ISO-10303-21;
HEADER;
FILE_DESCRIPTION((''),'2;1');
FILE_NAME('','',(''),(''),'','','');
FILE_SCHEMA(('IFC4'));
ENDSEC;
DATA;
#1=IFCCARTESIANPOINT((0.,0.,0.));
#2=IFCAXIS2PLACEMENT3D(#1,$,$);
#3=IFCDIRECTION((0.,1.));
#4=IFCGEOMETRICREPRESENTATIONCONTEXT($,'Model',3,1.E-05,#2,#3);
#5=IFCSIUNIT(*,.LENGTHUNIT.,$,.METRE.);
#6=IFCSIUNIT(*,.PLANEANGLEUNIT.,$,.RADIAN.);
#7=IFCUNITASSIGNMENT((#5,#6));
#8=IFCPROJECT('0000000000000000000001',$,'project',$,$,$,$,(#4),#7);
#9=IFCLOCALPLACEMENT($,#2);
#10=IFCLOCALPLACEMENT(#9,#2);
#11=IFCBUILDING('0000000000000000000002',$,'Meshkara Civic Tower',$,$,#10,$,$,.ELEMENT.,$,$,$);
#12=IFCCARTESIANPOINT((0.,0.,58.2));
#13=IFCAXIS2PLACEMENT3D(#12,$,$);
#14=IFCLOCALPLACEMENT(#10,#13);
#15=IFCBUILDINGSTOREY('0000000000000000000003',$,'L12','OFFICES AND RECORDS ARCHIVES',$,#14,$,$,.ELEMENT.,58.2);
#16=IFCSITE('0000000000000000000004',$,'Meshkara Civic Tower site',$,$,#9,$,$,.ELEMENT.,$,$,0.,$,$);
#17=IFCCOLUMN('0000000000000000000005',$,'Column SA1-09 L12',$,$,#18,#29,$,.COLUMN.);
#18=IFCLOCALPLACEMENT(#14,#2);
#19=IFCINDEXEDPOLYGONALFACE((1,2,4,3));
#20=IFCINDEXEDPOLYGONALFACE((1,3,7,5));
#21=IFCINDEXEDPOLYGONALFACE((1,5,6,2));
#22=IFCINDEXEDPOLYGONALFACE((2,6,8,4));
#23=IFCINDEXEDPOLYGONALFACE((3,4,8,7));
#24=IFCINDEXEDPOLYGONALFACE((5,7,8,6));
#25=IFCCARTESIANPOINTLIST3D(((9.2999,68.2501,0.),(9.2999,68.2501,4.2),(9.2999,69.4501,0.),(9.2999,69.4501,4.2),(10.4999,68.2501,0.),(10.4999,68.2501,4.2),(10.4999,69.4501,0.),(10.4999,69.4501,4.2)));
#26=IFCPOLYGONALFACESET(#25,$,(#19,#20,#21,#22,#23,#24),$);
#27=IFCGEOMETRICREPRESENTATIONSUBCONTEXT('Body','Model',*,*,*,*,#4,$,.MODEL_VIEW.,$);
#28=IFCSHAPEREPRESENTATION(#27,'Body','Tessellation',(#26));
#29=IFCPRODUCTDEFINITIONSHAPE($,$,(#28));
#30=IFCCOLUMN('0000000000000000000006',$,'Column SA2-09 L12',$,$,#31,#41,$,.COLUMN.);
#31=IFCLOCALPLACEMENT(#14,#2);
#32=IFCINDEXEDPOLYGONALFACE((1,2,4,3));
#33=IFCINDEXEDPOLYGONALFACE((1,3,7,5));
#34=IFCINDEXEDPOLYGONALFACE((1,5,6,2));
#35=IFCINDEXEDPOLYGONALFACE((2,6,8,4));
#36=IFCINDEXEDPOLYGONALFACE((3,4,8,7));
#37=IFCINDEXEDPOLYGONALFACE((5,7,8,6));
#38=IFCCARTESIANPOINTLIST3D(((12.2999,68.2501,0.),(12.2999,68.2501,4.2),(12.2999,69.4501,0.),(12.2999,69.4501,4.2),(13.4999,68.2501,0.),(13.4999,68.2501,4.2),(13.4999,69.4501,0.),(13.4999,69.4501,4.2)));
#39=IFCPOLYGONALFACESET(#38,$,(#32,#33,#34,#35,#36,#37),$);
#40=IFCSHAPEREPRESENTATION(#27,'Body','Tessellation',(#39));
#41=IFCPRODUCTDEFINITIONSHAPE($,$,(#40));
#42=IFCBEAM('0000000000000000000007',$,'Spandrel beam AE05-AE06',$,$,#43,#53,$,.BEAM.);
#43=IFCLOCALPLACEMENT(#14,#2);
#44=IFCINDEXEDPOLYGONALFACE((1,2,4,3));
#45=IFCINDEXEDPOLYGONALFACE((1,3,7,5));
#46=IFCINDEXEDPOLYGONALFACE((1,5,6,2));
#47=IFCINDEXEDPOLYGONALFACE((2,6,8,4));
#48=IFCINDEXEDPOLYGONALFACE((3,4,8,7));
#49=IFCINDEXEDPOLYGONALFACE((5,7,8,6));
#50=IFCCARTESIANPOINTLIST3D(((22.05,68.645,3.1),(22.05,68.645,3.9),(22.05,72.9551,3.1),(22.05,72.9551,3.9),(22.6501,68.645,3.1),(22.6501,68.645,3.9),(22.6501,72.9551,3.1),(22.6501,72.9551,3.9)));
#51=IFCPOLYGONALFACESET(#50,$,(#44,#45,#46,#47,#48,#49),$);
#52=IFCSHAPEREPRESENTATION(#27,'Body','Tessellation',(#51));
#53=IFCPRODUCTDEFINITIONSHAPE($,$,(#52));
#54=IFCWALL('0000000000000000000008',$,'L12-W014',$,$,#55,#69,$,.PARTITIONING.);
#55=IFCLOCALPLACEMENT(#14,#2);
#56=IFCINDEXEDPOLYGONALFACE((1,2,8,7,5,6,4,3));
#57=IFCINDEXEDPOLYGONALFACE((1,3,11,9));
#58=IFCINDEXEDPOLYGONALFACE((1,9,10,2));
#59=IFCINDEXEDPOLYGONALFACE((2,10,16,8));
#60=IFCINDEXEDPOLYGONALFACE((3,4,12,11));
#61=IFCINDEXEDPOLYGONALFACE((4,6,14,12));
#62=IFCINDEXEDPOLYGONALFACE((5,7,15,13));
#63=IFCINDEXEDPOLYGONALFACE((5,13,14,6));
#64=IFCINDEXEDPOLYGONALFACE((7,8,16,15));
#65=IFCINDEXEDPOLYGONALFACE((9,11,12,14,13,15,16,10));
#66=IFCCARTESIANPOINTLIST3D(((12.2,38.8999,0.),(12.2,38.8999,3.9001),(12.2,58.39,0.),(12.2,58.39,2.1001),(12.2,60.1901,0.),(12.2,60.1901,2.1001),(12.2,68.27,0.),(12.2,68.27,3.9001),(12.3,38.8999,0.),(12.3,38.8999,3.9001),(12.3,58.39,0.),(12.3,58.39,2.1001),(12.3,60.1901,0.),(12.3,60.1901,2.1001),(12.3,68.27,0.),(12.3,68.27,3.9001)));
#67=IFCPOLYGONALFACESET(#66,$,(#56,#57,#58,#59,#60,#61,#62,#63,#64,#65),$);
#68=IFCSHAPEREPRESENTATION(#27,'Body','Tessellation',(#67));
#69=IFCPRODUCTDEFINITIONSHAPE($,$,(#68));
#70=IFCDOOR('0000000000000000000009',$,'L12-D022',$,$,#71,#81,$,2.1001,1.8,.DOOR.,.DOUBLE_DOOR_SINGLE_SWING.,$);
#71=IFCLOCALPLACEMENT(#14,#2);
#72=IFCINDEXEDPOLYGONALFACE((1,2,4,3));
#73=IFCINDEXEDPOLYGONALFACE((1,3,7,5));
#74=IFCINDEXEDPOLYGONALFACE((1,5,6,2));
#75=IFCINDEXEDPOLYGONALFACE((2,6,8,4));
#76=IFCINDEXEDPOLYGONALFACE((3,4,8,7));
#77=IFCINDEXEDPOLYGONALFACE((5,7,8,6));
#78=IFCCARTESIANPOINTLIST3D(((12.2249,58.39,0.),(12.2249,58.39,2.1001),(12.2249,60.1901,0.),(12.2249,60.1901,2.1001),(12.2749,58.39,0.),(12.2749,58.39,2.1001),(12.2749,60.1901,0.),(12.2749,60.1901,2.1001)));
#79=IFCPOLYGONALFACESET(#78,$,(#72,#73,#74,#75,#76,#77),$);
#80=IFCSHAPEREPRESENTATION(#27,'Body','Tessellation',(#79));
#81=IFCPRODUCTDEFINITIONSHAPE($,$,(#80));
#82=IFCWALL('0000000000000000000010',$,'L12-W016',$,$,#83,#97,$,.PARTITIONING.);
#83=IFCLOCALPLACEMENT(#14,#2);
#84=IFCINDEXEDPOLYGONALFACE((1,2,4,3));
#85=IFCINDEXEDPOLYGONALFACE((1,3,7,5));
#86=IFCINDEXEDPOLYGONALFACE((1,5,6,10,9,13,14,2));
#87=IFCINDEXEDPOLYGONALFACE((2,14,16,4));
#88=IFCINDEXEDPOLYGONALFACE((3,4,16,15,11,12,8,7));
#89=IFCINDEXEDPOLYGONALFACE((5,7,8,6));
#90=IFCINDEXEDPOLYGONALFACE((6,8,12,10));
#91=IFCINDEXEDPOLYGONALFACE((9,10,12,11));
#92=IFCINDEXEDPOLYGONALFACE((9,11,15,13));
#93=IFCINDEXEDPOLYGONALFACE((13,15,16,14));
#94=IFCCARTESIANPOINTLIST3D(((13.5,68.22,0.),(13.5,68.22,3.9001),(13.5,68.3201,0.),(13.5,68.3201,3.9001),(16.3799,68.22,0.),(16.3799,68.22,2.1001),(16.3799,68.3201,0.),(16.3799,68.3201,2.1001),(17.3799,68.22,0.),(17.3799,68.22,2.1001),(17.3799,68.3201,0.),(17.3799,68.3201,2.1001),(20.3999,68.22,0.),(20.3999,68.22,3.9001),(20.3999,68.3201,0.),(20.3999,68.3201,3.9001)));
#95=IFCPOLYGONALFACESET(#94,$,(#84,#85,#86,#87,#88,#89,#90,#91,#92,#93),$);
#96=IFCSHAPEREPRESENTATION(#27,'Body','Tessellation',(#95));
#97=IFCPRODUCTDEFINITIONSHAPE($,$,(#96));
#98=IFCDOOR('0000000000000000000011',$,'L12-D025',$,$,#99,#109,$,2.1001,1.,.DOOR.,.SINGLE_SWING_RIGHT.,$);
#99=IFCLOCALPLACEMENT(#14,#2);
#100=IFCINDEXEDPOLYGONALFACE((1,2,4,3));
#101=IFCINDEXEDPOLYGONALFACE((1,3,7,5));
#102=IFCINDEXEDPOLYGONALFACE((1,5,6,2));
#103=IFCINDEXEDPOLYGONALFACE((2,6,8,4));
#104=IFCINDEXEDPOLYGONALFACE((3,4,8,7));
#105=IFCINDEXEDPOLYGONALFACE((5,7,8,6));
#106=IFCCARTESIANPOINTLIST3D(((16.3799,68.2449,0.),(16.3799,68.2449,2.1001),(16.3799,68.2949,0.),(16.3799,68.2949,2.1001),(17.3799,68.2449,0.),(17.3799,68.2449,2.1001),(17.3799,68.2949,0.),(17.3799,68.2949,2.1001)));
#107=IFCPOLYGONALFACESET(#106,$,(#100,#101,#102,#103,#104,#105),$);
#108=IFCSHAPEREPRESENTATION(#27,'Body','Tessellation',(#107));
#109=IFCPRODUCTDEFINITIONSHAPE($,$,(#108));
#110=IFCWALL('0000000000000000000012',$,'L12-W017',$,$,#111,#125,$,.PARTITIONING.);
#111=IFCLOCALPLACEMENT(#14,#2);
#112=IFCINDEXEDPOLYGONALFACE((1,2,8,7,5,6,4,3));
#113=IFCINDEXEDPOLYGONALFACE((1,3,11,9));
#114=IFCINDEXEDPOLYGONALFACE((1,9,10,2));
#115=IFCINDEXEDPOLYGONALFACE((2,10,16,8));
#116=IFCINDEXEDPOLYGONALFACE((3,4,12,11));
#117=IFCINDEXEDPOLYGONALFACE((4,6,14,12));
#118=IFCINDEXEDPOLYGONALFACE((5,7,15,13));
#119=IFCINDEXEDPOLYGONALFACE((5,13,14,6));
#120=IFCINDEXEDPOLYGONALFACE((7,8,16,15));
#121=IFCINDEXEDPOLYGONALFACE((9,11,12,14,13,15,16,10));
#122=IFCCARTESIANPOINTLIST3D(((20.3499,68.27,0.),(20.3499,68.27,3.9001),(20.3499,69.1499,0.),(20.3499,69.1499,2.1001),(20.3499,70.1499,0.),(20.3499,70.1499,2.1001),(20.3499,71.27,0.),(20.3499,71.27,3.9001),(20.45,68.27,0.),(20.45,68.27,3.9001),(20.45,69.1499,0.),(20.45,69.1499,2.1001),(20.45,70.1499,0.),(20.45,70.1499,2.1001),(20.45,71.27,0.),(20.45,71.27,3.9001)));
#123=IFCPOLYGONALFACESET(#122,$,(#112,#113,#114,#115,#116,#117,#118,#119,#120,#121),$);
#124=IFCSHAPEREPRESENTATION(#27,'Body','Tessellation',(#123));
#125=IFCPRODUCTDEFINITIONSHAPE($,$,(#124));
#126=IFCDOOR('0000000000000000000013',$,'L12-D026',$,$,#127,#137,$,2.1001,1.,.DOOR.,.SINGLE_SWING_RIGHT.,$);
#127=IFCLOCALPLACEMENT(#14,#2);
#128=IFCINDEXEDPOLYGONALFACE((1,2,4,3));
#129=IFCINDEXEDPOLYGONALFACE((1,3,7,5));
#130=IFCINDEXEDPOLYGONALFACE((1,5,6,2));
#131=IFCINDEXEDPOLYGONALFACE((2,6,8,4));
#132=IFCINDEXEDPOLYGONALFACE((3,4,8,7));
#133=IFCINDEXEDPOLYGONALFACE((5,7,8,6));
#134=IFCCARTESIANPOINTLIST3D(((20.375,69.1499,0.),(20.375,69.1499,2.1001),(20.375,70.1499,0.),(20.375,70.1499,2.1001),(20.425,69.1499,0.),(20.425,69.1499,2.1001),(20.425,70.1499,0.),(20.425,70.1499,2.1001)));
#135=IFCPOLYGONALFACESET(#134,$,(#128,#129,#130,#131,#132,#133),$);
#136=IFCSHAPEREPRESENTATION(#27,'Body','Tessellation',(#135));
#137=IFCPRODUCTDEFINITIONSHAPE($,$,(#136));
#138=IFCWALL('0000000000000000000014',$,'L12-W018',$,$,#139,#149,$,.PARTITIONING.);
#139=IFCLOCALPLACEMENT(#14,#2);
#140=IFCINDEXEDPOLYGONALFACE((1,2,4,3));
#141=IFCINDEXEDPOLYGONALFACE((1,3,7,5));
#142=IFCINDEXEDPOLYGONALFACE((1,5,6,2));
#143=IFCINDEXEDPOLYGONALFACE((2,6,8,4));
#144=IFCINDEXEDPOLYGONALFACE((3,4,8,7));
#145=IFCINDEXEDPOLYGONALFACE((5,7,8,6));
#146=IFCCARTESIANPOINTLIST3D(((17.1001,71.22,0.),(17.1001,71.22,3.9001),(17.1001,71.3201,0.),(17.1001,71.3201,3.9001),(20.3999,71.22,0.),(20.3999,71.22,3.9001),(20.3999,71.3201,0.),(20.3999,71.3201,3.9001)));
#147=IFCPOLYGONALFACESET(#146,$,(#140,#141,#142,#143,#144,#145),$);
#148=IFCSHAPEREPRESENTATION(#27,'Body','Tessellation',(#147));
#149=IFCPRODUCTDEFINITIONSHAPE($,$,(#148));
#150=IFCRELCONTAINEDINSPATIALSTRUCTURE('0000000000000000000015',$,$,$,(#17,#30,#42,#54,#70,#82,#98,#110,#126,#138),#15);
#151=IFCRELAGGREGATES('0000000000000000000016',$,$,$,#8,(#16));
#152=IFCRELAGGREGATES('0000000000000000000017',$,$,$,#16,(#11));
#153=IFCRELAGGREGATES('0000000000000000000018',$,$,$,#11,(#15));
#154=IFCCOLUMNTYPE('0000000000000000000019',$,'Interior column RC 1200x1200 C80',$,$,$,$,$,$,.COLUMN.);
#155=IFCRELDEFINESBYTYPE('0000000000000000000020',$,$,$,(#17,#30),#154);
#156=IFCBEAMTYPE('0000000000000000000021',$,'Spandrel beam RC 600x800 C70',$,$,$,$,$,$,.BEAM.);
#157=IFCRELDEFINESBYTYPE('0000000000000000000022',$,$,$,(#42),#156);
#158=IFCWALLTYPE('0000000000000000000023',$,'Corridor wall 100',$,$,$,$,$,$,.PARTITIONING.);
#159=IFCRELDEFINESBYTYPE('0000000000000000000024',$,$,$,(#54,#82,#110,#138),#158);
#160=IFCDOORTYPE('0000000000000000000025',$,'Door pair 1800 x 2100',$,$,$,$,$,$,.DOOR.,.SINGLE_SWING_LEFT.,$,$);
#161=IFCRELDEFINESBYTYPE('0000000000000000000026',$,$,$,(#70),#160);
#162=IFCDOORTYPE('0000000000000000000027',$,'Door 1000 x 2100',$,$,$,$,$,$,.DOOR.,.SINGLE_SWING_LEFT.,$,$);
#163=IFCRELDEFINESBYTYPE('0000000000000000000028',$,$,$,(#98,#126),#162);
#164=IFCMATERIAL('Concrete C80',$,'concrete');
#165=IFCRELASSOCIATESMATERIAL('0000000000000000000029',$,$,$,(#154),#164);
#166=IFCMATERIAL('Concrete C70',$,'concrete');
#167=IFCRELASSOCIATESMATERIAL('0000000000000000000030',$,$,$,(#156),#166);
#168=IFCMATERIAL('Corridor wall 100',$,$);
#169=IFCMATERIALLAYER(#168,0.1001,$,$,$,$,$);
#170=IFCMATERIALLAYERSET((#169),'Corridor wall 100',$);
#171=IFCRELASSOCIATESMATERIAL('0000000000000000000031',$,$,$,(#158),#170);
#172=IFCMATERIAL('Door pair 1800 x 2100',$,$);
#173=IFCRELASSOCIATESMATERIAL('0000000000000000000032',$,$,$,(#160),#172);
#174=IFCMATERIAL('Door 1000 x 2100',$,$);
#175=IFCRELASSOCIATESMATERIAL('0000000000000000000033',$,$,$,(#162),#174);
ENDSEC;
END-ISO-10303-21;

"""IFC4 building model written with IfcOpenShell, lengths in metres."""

from ifc_helpers import new_model, si_unit, direction, frame, frame_2d, origin, origin_2d, place, context, subcontext, project, spatial, rectangle, extrude, material, layer, layer_set, material_profile, profile_set, type_object, element, fill, save


model = new_model("IFC4")

# Units and contexts
model_context = context("Model", 3, precision=1e-05, world=origin(), true_north=direction((0.0, 1.0)))
body_context = subcontext(model_context, "Body", "Model", "MODEL_VIEW")
ifc_project = project(units=[si_unit("LENGTHUNIT", "METRE"), si_unit("PLANEANGLEUNIT", "RADIAN")], contexts=[model_context])

# Site, building, storey
site_placement = place(None, origin())
site = spatial("IfcSite", under=ifc_project, at=site_placement, Name="Meshkara Civic Tower site", CompositionType="ELEMENT", RefElevation=0.0)
building_placement = place(site_placement, origin())
building = spatial("IfcBuilding", under=site, at=building_placement, Name="Meshkara Civic Tower", CompositionType="ELEMENT")
storey_placement = place(building_placement, frame((0.0, 0.0, 58.2)))
storey = spatial("IfcBuildingStorey", under=building, at=storey_placement, Name="L12", Description="OFFICES AND RECORDS ARCHIVES", CompositionType="ELEMENT", Elevation=58.2)

# Columns
ifc_material_1 = material(Name="Concrete C80", Category="concrete")
ifc_material_profile_1 = material_profile(ifc_material_1, rectangle(XDim=1.2, YDim=1.2, at=origin_2d()))
ifc_profile_set_1 = profile_set([ifc_material_profile_1], Name="Concrete C80")
column_type = type_object("IfcColumnType", Name="Interior column RC 1200x1200 C80", PredefinedType="COLUMN", material=ifc_profile_set_1)
for number, where, z_axis, x_axis, name in (
    (1, (9.8999, 68.8501, 0.0), (0.0, 0.0, 1.0), (1.0, 0.0, 0.0), "Column SA1-09 L12"),
    (2, (12.8999, 68.8501, 0.0), (0.0, 0.0, 1.0), (1.0, 0.0, 0.0), "Column SA2-09 L12"),
):
    element("IfcColumn", number, at=place(storey_placement, frame(where, z_axis=z_axis, x_axis=x_axis)), inside=storey, type_object=column_type, Name=name, PredefinedType="COLUMN", context=body_context, shape_type="SweptSolid", body=[
        extrude(rectangle(XDim=1.2, YDim=1.2, at=origin_2d()), origin(), (0.0, 0.0, 1.0), 4.2),
    ])

# Beam
ifc_material_2 = material(Name="Concrete C70", Category="concrete")
ifc_material_profile_2 = material_profile(ifc_material_2, rectangle(XDim=0.6001, YDim=0.8, at=origin_2d()))
ifc_profile_set_2 = profile_set([ifc_material_profile_2], Name="Concrete C70")
beam_type = type_object("IfcBeamType", Name="Spandrel beam RC 600x800 C70", PredefinedType="BEAM", material=ifc_profile_set_2)
beam_placement = place(storey_placement, frame((22.3501, 68.645, 3.5), z_axis=(0.0, 1.0, 0.0), x_axis=(-1.0, 0.0, 0.0)))
element("IfcBeam", 3, at=beam_placement, inside=storey, type_object=beam_type, Name="Spandrel beam AE05-AE06", PredefinedType="BEAM", context=body_context, shape_type="SweptSolid", body=[
    extrude(rectangle(XDim=0.6001, YDim=0.8, at=origin_2d()), origin(), (0.0, 0.0, 1.0), 4.3101),
])

# Walls, openings, doors
ifc_material_3 = material(Name="Corridor wall 100")
ifc_layer_1 = layer(ifc_material_3, 0.1001)
ifc_layer_set_1 = layer_set([ifc_layer_1], Name="Corridor wall 100")
wall_type_1 = type_object("IfcWallType", Name="Corridor wall 100", PredefinedType="PARTITIONING", material=ifc_layer_set_1)
wall_1_placement = place(storey_placement, frame((12.25, 68.27, 0.0), z_axis=(0.0, 0.0, 1.0), x_axis=(0.0, -1.0, 0.0)))
wall_1 = element("IfcWall", 4, at=wall_1_placement, inside=storey, type_object=wall_type_1, Name="L12-W014", PredefinedType="PARTITIONING", context=body_context, shape_type="SweptSolid", body=[
    extrude(rectangle(XDim=29.3701, YDim=0.1001, at=frame_2d((14.6851, 0.0))), origin(), (0.0, 0.0, 1.0), 3.9001),
])
opening_1_placement = place(wall_1_placement, frame((8.0801, 0.0, 0.0)))
opening_1 = element("IfcOpeningElement", 5, at=opening_1_placement, cuts=wall_1, PredefinedType="OPENING", context=body_context, shape_type="SweptSolid", body=[
    extrude(rectangle(XDim=1.8, YDim=2.1001, at=frame_2d((0.8999, 1.05))), frame((0.0, 0.0601, 0.0), z_axis=(0.0, -1.0, 0.0), x_axis=(1.0, 0.0, 0.0)), (0.0, 0.0, 1.0), 0.1201),
])
ifc_material_4 = material(Name="Door pair 1800 x 2100")
door_type_1 = type_object("IfcDoorType", Name="Door pair 1800 x 2100", OperationType="SINGLE_SWING_LEFT", PredefinedType="DOOR", material=ifc_material_4)
door_1_placement = place(opening_1_placement, origin())
door_1 = element("IfcDoor", 6, at=door_1_placement, inside=storey, type_object=door_type_1, Name="L12-D022", OperationType="DOUBLE_DOOR_SINGLE_SWING", OverallHeight=2.1001, OverallWidth=1.8, PredefinedType="DOOR", context=body_context, shape_type="SweptSolid", body=[
    extrude(rectangle(XDim=1.8, YDim=2.1001, at=frame_2d((0.8999, 1.05))), frame((0.0, 0.0249, 0.0), z_axis=(0.0, -1.0, 0.0), x_axis=(1.0, 0.0, 0.0)), (0.0, 0.0, 1.0), 0.05),
])
fill(opening_1, door_1)
wall_2_placement = place(storey_placement, frame((13.5, 68.27, 0.0), z_axis=(0.0, 0.0, 1.0), x_axis=(1.0, 0.0, 0.0)))
wall_2 = element("IfcWall", 7, at=wall_2_placement, inside=storey, type_object=wall_type_1, Name="L12-W016", PredefinedType="PARTITIONING", context=body_context, shape_type="SweptSolid", body=[
    extrude(rectangle(XDim=6.8999, YDim=0.1001, at=frame_2d((3.45, 0.0))), origin(), (0.0, 0.0, 1.0), 3.9001),
])
opening_2_placement = place(wall_2_placement, frame((2.8799, 0.0, 0.0)))
opening_2 = element("IfcOpeningElement", 8, at=opening_2_placement, cuts=wall_2, PredefinedType="OPENING", context=body_context, shape_type="SweptSolid", body=[
    extrude(rectangle(XDim=1.0, YDim=2.1001, at=frame_2d((0.5, 1.05))), frame((0.0, 0.0601, 0.0), z_axis=(0.0, -1.0, 0.0), x_axis=(1.0, 0.0, 0.0)), (0.0, 0.0, 1.0), 0.1201),
])
ifc_material_5 = material(Name="Door 1000 x 2100")
door_type_2 = type_object("IfcDoorType", Name="Door 1000 x 2100", OperationType="SINGLE_SWING_LEFT", PredefinedType="DOOR", material=ifc_material_5)
door_2_placement = place(opening_2_placement, origin())
door_2 = element("IfcDoor", 9, at=door_2_placement, inside=storey, type_object=door_type_2, Name="L12-D025", OperationType="SINGLE_SWING_RIGHT", OverallHeight=2.1001, OverallWidth=1.0, PredefinedType="DOOR", context=body_context, shape_type="SweptSolid", body=[
    extrude(rectangle(XDim=1.0, YDim=2.1001, at=frame_2d((0.5, 1.05))), frame((0.0, 0.0249, 0.0), z_axis=(0.0, -1.0, 0.0), x_axis=(1.0, 0.0, 0.0)), (0.0, 0.0, 1.0), 0.05),
])
fill(opening_2, door_2)
wall_3_placement = place(storey_placement, frame((20.3999, 68.27, 0.0), z_axis=(0.0, 0.0, 1.0), x_axis=(0.0, 1.0, 0.0)))
wall_3 = element("IfcWall", 10, at=wall_3_placement, inside=storey, type_object=wall_type_1, Name="L12-W017", PredefinedType="PARTITIONING", context=body_context, shape_type="SweptSolid", body=[
    extrude(rectangle(XDim=3.0, YDim=0.1001, at=frame_2d((1.5, 0.0))), origin(), (0.0, 0.0, 1.0), 3.9001),
])
opening_3_placement = place(wall_3_placement, frame((0.8799, 0.0, 0.0)))
opening_3 = element("IfcOpeningElement", 11, at=opening_3_placement, cuts=wall_3, PredefinedType="OPENING", context=body_context, shape_type="SweptSolid", body=[
    extrude(rectangle(XDim=1.0, YDim=2.1001, at=frame_2d((0.5, 1.05))), frame((0.0, 0.0601, 0.0), z_axis=(0.0, -1.0, 0.0), x_axis=(1.0, 0.0, 0.0)), (0.0, 0.0, 1.0), 0.1201),
])
door_3_placement = place(opening_3_placement, origin())
door_3 = element("IfcDoor", 12, at=door_3_placement, inside=storey, type_object=door_type_2, Name="L12-D026", OperationType="SINGLE_SWING_RIGHT", OverallHeight=2.1001, OverallWidth=1.0, PredefinedType="DOOR", context=body_context, shape_type="SweptSolid", body=[
    extrude(rectangle(XDim=1.0, YDim=2.1001, at=frame_2d((0.5, 1.05))), frame((0.0, 0.0249, 0.0), z_axis=(0.0, -1.0, 0.0), x_axis=(1.0, 0.0, 0.0)), (0.0, 0.0, 1.0), 0.05),
])
fill(opening_3, door_3)

# Wall
wall_4_placement = place(storey_placement, frame((20.3999, 71.27, 0.0), z_axis=(0.0, 0.0, 1.0), x_axis=(-1.0, 0.0, 0.0)))
element("IfcWall", 13, at=wall_4_placement, inside=storey, type_object=wall_type_1, Name="L12-W018", PredefinedType="PARTITIONING", context=body_context, shape_type="SweptSolid", body=[
    extrude(rectangle(XDim=3.2998, YDim=0.1001, at=frame_2d((1.6499, 0.0))), origin(), (0.0, 0.0, 1.0), 3.9001),
])

save(model, "model.ifc")
